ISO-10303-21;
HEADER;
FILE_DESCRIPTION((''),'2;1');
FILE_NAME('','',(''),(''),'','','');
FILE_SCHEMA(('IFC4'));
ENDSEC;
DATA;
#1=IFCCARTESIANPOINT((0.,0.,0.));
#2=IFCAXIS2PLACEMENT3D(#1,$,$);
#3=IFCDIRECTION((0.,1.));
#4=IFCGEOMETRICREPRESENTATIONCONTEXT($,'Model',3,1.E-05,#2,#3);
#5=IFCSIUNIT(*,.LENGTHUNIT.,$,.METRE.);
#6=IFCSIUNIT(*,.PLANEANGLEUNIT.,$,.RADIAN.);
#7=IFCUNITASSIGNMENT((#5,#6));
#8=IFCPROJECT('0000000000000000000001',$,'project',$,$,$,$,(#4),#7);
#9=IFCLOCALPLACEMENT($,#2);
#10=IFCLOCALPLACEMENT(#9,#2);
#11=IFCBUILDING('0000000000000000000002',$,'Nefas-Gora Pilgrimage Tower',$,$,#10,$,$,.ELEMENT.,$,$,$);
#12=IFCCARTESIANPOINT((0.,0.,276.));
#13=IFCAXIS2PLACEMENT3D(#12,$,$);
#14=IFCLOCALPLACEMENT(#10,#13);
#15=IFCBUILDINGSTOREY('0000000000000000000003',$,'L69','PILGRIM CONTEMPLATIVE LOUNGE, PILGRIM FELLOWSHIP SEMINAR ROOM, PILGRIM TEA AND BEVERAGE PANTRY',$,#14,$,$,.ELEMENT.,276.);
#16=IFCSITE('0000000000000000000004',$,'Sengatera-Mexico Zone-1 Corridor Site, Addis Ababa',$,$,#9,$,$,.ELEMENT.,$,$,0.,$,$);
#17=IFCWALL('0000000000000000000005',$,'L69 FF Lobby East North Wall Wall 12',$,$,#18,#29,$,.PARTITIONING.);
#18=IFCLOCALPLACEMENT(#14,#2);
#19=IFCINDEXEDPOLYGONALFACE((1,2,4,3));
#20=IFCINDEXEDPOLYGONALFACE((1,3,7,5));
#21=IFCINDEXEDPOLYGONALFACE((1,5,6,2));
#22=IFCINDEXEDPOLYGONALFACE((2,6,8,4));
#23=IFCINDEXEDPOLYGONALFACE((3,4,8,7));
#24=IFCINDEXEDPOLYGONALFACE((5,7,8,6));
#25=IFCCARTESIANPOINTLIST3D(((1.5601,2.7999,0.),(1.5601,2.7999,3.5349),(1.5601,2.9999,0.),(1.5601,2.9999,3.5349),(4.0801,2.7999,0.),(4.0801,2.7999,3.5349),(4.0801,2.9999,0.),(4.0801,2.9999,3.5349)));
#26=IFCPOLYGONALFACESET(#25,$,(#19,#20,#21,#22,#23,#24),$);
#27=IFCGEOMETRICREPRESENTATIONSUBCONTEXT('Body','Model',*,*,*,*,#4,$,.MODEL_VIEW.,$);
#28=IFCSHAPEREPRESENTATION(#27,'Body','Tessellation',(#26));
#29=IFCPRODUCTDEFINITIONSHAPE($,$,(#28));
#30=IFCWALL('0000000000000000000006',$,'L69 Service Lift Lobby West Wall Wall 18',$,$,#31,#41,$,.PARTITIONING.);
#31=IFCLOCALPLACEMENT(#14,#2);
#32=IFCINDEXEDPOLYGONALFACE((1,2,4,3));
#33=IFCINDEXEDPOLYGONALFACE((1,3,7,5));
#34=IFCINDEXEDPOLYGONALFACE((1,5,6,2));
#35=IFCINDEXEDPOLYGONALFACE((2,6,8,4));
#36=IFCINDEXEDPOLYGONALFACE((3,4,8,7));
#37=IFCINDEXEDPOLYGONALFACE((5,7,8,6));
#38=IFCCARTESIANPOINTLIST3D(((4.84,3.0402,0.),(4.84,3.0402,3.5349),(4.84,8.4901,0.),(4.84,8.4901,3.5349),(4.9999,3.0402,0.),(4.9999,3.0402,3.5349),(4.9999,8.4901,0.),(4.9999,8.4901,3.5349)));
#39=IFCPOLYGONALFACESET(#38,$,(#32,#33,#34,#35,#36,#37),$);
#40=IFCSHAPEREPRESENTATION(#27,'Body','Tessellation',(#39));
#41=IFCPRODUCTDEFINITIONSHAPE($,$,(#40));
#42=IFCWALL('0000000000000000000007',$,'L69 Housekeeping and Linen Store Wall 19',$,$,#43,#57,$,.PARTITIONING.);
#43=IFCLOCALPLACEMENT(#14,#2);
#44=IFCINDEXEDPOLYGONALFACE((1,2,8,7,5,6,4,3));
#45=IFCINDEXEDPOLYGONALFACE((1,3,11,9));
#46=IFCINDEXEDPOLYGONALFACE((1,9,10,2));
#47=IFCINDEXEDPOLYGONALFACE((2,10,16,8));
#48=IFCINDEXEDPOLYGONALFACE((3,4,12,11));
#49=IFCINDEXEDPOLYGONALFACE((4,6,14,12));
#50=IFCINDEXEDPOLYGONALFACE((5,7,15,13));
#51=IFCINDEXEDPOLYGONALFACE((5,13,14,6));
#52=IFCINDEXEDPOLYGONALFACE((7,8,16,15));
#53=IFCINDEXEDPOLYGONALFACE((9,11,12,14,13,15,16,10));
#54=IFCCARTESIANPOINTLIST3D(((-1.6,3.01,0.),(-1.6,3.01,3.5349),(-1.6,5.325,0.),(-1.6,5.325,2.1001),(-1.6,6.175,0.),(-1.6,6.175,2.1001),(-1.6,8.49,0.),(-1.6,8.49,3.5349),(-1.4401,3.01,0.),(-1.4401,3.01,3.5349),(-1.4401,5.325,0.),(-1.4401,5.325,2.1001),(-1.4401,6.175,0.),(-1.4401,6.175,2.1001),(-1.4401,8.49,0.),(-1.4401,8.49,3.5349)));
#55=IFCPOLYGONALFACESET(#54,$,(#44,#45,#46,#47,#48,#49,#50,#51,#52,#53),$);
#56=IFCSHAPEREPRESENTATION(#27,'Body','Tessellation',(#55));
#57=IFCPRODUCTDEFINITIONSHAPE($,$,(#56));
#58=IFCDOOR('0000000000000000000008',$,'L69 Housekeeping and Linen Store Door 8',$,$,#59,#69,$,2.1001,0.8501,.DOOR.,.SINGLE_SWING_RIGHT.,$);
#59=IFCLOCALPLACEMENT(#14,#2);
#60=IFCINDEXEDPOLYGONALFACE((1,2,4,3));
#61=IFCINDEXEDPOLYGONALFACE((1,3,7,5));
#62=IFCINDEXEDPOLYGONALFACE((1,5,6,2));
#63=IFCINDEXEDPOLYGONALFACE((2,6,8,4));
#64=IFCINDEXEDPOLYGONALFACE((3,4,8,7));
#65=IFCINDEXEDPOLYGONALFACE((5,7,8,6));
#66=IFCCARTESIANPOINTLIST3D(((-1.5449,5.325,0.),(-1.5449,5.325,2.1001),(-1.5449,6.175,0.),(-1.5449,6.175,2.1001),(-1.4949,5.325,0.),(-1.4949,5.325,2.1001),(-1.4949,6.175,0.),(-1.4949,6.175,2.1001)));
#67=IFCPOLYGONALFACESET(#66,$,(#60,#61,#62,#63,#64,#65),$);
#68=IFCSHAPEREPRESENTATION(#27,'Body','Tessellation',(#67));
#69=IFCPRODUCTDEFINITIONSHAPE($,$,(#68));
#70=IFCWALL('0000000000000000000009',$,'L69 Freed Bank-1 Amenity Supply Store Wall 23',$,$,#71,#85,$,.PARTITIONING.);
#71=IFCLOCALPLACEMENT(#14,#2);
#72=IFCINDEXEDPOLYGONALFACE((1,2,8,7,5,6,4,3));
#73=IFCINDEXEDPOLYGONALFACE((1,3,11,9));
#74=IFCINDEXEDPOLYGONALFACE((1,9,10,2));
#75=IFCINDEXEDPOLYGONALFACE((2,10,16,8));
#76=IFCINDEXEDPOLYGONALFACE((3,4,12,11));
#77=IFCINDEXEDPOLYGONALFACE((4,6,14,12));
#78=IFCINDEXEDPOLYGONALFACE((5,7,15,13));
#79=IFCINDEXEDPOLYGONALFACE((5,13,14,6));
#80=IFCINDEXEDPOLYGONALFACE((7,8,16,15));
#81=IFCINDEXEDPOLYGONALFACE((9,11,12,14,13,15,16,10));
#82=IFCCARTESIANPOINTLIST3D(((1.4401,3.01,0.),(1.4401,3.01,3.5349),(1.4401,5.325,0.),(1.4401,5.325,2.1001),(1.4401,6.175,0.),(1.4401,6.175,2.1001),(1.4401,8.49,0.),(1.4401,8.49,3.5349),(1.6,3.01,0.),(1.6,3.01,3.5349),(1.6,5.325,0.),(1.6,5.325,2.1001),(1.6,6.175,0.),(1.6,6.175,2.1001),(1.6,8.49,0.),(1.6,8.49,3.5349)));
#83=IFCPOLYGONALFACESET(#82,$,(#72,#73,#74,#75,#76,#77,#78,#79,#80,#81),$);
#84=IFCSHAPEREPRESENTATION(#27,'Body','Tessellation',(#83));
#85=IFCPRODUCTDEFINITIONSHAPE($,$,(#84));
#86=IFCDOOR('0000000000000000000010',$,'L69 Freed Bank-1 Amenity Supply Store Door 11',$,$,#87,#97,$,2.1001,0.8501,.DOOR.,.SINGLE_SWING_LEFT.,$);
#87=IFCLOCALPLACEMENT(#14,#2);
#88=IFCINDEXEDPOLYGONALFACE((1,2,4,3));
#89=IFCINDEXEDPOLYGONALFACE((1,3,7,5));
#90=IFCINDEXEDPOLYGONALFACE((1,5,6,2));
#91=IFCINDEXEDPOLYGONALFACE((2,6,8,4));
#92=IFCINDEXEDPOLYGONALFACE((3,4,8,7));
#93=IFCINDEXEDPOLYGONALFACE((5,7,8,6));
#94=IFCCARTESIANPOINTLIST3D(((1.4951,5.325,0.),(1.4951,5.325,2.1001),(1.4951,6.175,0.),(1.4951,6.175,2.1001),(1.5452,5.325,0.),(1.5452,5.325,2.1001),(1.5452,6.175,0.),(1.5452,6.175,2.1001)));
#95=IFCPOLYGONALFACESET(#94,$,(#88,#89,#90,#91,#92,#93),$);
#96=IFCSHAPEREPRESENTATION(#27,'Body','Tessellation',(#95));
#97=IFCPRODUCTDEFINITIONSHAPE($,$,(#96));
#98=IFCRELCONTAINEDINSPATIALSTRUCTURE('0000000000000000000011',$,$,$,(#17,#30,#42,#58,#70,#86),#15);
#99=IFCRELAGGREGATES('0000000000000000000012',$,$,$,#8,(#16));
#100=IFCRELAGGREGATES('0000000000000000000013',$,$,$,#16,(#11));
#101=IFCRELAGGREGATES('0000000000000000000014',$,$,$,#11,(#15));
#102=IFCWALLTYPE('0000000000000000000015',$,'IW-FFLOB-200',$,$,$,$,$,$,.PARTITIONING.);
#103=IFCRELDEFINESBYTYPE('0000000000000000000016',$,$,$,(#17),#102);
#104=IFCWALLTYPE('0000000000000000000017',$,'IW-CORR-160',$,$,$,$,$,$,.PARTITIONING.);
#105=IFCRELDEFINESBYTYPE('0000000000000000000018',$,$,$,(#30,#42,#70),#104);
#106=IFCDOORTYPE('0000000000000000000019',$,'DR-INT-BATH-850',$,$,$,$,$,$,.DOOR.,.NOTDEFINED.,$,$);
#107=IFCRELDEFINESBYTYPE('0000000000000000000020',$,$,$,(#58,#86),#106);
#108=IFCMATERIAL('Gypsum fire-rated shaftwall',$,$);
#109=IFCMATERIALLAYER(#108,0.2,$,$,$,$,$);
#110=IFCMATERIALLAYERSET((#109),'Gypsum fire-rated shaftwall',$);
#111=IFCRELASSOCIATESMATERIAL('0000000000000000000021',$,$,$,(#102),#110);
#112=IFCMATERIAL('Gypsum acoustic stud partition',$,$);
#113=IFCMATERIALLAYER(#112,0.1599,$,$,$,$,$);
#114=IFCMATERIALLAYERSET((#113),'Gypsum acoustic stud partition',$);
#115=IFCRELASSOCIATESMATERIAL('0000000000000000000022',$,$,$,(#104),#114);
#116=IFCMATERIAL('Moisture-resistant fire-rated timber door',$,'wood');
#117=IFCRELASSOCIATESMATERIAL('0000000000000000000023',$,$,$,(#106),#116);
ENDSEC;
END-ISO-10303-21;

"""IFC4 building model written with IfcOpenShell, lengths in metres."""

from ifc_helpers import new_model, si_unit, direction, frame, frame_2d, origin, place, context, subcontext, project, spatial, rectangle, extrude, source, transform, mapped, material, layer, layer_set, type_object, element, fill, save


model = new_model("IFC4")

# Units and contexts
model_context = context("Model", 3, precision=1e-05, world=origin(), true_north=direction((0.0, 1.0)))
body_context = subcontext(model_context, "Body", "Model", "MODEL_VIEW")
ifc_project = project(units=[si_unit("LENGTHUNIT", "METRE"), si_unit("PLANEANGLEUNIT", "RADIAN")], contexts=[model_context])

# Site, building, storey
site_placement = place(None, origin())
site = spatial("IfcSite", under=ifc_project, at=site_placement, Name="Sengatera-Mexico Zone-1 Corridor Site, Addis Ababa", CompositionType="ELEMENT", RefElevation=0.0)
building_placement = place(site_placement, origin())
building = spatial("IfcBuilding", under=site, at=building_placement, Name="Nefas-Gora Pilgrimage Tower", CompositionType="ELEMENT")
storey_placement = place(building_placement, frame((0.0, 0.0, 276.0)))
storey = spatial("IfcBuildingStorey", under=building, at=storey_placement, Name="L69", Description="PILGRIM CONTEMPLATIVE LOUNGE, PILGRIM FELLOWSHIP SEMINAR ROOM, PILGRIM TEA AND BEVERAGE PANTRY", CompositionType="ELEMENT", Elevation=276.0)

# Shared definitions
ifc_material_1 = material(Name="Gypsum fire-rated shaftwall")
ifc_layer_1 = layer(ifc_material_1, 0.2)
ifc_layer_set_1 = layer_set([ifc_layer_1], Name="Gypsum fire-rated shaftwall")
wall_type_1 = type_object("IfcWallType", Name="IW-FFLOB-200", PredefinedType="PARTITIONING", material=ifc_layer_set_1)

# Walls
shared_shape_1 = source(origin(), body_context, "Body", "SweptSolid", [
    extrude(rectangle(XDim=2.52, YDim=0.2, at=frame_2d((1.26, 0.0))), origin(), (0.0, 0.0, 1.0), 3.5349),
])
wall_1_placement = place(storey_placement, frame((1.5601, 2.8999, 0.0), z_axis=(0.0, 0.0, 1.0), x_axis=(1.0, 0.0, 0.0)))
element("IfcWall", 1, at=wall_1_placement, inside=storey, type_object=wall_type_1, Name="L69 FF Lobby East North Wall Wall 12", PredefinedType="PARTITIONING", context=body_context, shape_type="MappedRepresentation", body=[
    mapped(shared_shape_1, transform((0.0, 0.0, 0.0), x_axis=(1.0, 0.0, 0.0), y_axis=(0.0, 1.0, 0.0), z_axis=(0.0, 0.0, 1.0), scale=1.0)),
])
ifc_material_2 = material(Name="Gypsum acoustic stud partition")
ifc_layer_2 = layer(ifc_material_2, 0.1599)
ifc_layer_set_2 = layer_set([ifc_layer_2], Name="Gypsum acoustic stud partition")
wall_type_2 = type_object("IfcWallType", Name="IW-CORR-160", PredefinedType="PARTITIONING", material=ifc_layer_set_2)
shared_shape_2 = source(origin(), body_context, "Body", "SweptSolid", [
    extrude(rectangle(XDim=5.45, YDim=0.1599, at=frame_2d((2.7251, 0.0))), origin(), (0.0, 0.0, 1.0), 3.5349),
])
wall_2_placement = place(storey_placement, frame((4.9199, 3.04, 0.0), z_axis=(0.0, 0.0, 1.0), x_axis=(0.0, 1.0, 0.0)))
element("IfcWall", 2, at=wall_2_placement, inside=storey, type_object=wall_type_2, Name="L69 Service Lift Lobby West Wall Wall 18", PredefinedType="PARTITIONING", context=body_context, shape_type="MappedRepresentation", body=[
    mapped(shared_shape_2, transform((0.0, 0.0, 0.0), x_axis=(1.0, 0.0, 0.0), y_axis=(0.0, 1.0, 0.0), z_axis=(0.0, 0.0, 1.0), scale=1.0)),
])

# Walls, openings, doors
shared_shape_3 = source(origin(), body_context, "Body", "SweptSolid", [
    extrude(rectangle(XDim=5.48, YDim=0.1599, at=frame_2d((2.74, 0.0))), origin(), (0.0, 0.0, 1.0), 3.5349),
])
wall_3_placement = place(storey_placement, frame((-1.52, 3.01, 0.0), z_axis=(0.0, 0.0, 1.0), x_axis=(0.0, 1.0, 0.0)))
wall_3 = element("IfcWall", 3, at=wall_3_placement, inside=storey, type_object=wall_type_2, Name="L69 Housekeeping and Linen Store Wall 19", PredefinedType="PARTITIONING", context=body_context, shape_type="MappedRepresentation", body=[
    mapped(shared_shape_3, transform((0.0, 0.0, 0.0), x_axis=(1.0, 0.0, 0.0), y_axis=(0.0, 1.0, 0.0), z_axis=(0.0, 0.0, 1.0), scale=1.0)),
])
opening_1_placement = place(wall_3_placement, frame((2.3149, 0.0, 0.0)))
opening_1 = element("IfcOpeningElement", 4, at=opening_1_placement, cuts=wall_3, PredefinedType="OPENING", context=body_context, shape_type="SweptSolid", body=[
    extrude(rectangle(XDim=0.8501, YDim=2.1001, at=frame_2d((0.425, 1.05))), frame((0.0, 0.0898, 0.0), z_axis=(0.0, -1.0, 0.0), x_axis=(1.0, 0.0, 0.0)), (0.0, 0.0, 1.0), 0.1799),
])
ifc_material_3 = material(Name="Moisture-resistant fire-rated timber door", Category="wood")
door_type_1 = type_object("IfcDoorType", Name="DR-INT-BATH-850", OperationType="NOTDEFINED", PredefinedType="DOOR", material=ifc_material_3)
shared_shape_4 = source(origin(), body_context, "Body", "SweptSolid", [
    extrude(rectangle(XDim=0.8501, YDim=2.1001, at=frame_2d((0.425, 1.05))), frame((0.0, 0.0249, 0.0), z_axis=(0.0, -1.0, 0.0), x_axis=(1.0, 0.0, 0.0)), (0.0, 0.0, 1.0), 0.05),
])
door_1_placement = place(opening_1_placement, origin())
door_1 = element("IfcDoor", 5, at=door_1_placement, inside=storey, type_object=door_type_1, Name="L69 Housekeeping and Linen Store Door 8", OperationType="SINGLE_SWING_RIGHT", OverallHeight=2.1001, OverallWidth=0.8501, PredefinedType="DOOR", context=body_context, shape_type="MappedRepresentation", body=[
    mapped(shared_shape_4, transform((0.0, 0.0, 0.0), x_axis=(1.0, 0.0, 0.0), y_axis=(0.0, 1.0, 0.0), z_axis=(0.0, 0.0, 1.0), scale=1.0)),
])
fill(opening_1, door_1)
wall_4_placement = place(storey_placement, frame((1.52, 3.01, 0.0), z_axis=(0.0, 0.0, 1.0), x_axis=(0.0, 1.0, 0.0)))
wall_4 = element("IfcWall", 6, at=wall_4_placement, inside=storey, type_object=wall_type_2, Name="L69 Freed Bank-1 Amenity Supply Store Wall 23", PredefinedType="PARTITIONING", context=body_context, shape_type="MappedRepresentation", body=[
    mapped(shared_shape_3, transform((0.0, 0.0, 0.0), x_axis=(1.0, 0.0, 0.0), y_axis=(0.0, 1.0, 0.0), z_axis=(0.0, 0.0, 1.0), scale=1.0)),
])
opening_2_placement = place(wall_4_placement, frame((2.3149, 0.0, 0.0)))
opening_2 = element("IfcOpeningElement", 7, at=opening_2_placement, cuts=wall_4, PredefinedType="OPENING", context=body_context, shape_type="SweptSolid", body=[
    extrude(rectangle(XDim=0.8501, YDim=2.1001, at=frame_2d((0.425, 1.05))), frame((0.0, 0.0898, 0.0), z_axis=(0.0, -1.0, 0.0), x_axis=(1.0, 0.0, 0.0)), (0.0, 0.0, 1.0), 0.1799),
])
door_2_placement = place(opening_2_placement, origin())
door_2 = element("IfcDoor", 8, at=door_2_placement, inside=storey, type_object=door_type_1, Name="L69 Freed Bank-1 Amenity Supply Store Door 11", OperationType="SINGLE_SWING_LEFT", OverallHeight=2.1001, OverallWidth=0.8501, PredefinedType="DOOR", context=body_context, shape_type="MappedRepresentation", body=[
    mapped(shared_shape_4, transform((0.0, 0.0, 0.0), x_axis=(1.0, 0.0, 0.0), y_axis=(0.0, 1.0, 0.0), z_axis=(0.0, 0.0, 1.0), scale=1.0)),
])
fill(opening_2, door_2)

save(model, "model.ifc")
